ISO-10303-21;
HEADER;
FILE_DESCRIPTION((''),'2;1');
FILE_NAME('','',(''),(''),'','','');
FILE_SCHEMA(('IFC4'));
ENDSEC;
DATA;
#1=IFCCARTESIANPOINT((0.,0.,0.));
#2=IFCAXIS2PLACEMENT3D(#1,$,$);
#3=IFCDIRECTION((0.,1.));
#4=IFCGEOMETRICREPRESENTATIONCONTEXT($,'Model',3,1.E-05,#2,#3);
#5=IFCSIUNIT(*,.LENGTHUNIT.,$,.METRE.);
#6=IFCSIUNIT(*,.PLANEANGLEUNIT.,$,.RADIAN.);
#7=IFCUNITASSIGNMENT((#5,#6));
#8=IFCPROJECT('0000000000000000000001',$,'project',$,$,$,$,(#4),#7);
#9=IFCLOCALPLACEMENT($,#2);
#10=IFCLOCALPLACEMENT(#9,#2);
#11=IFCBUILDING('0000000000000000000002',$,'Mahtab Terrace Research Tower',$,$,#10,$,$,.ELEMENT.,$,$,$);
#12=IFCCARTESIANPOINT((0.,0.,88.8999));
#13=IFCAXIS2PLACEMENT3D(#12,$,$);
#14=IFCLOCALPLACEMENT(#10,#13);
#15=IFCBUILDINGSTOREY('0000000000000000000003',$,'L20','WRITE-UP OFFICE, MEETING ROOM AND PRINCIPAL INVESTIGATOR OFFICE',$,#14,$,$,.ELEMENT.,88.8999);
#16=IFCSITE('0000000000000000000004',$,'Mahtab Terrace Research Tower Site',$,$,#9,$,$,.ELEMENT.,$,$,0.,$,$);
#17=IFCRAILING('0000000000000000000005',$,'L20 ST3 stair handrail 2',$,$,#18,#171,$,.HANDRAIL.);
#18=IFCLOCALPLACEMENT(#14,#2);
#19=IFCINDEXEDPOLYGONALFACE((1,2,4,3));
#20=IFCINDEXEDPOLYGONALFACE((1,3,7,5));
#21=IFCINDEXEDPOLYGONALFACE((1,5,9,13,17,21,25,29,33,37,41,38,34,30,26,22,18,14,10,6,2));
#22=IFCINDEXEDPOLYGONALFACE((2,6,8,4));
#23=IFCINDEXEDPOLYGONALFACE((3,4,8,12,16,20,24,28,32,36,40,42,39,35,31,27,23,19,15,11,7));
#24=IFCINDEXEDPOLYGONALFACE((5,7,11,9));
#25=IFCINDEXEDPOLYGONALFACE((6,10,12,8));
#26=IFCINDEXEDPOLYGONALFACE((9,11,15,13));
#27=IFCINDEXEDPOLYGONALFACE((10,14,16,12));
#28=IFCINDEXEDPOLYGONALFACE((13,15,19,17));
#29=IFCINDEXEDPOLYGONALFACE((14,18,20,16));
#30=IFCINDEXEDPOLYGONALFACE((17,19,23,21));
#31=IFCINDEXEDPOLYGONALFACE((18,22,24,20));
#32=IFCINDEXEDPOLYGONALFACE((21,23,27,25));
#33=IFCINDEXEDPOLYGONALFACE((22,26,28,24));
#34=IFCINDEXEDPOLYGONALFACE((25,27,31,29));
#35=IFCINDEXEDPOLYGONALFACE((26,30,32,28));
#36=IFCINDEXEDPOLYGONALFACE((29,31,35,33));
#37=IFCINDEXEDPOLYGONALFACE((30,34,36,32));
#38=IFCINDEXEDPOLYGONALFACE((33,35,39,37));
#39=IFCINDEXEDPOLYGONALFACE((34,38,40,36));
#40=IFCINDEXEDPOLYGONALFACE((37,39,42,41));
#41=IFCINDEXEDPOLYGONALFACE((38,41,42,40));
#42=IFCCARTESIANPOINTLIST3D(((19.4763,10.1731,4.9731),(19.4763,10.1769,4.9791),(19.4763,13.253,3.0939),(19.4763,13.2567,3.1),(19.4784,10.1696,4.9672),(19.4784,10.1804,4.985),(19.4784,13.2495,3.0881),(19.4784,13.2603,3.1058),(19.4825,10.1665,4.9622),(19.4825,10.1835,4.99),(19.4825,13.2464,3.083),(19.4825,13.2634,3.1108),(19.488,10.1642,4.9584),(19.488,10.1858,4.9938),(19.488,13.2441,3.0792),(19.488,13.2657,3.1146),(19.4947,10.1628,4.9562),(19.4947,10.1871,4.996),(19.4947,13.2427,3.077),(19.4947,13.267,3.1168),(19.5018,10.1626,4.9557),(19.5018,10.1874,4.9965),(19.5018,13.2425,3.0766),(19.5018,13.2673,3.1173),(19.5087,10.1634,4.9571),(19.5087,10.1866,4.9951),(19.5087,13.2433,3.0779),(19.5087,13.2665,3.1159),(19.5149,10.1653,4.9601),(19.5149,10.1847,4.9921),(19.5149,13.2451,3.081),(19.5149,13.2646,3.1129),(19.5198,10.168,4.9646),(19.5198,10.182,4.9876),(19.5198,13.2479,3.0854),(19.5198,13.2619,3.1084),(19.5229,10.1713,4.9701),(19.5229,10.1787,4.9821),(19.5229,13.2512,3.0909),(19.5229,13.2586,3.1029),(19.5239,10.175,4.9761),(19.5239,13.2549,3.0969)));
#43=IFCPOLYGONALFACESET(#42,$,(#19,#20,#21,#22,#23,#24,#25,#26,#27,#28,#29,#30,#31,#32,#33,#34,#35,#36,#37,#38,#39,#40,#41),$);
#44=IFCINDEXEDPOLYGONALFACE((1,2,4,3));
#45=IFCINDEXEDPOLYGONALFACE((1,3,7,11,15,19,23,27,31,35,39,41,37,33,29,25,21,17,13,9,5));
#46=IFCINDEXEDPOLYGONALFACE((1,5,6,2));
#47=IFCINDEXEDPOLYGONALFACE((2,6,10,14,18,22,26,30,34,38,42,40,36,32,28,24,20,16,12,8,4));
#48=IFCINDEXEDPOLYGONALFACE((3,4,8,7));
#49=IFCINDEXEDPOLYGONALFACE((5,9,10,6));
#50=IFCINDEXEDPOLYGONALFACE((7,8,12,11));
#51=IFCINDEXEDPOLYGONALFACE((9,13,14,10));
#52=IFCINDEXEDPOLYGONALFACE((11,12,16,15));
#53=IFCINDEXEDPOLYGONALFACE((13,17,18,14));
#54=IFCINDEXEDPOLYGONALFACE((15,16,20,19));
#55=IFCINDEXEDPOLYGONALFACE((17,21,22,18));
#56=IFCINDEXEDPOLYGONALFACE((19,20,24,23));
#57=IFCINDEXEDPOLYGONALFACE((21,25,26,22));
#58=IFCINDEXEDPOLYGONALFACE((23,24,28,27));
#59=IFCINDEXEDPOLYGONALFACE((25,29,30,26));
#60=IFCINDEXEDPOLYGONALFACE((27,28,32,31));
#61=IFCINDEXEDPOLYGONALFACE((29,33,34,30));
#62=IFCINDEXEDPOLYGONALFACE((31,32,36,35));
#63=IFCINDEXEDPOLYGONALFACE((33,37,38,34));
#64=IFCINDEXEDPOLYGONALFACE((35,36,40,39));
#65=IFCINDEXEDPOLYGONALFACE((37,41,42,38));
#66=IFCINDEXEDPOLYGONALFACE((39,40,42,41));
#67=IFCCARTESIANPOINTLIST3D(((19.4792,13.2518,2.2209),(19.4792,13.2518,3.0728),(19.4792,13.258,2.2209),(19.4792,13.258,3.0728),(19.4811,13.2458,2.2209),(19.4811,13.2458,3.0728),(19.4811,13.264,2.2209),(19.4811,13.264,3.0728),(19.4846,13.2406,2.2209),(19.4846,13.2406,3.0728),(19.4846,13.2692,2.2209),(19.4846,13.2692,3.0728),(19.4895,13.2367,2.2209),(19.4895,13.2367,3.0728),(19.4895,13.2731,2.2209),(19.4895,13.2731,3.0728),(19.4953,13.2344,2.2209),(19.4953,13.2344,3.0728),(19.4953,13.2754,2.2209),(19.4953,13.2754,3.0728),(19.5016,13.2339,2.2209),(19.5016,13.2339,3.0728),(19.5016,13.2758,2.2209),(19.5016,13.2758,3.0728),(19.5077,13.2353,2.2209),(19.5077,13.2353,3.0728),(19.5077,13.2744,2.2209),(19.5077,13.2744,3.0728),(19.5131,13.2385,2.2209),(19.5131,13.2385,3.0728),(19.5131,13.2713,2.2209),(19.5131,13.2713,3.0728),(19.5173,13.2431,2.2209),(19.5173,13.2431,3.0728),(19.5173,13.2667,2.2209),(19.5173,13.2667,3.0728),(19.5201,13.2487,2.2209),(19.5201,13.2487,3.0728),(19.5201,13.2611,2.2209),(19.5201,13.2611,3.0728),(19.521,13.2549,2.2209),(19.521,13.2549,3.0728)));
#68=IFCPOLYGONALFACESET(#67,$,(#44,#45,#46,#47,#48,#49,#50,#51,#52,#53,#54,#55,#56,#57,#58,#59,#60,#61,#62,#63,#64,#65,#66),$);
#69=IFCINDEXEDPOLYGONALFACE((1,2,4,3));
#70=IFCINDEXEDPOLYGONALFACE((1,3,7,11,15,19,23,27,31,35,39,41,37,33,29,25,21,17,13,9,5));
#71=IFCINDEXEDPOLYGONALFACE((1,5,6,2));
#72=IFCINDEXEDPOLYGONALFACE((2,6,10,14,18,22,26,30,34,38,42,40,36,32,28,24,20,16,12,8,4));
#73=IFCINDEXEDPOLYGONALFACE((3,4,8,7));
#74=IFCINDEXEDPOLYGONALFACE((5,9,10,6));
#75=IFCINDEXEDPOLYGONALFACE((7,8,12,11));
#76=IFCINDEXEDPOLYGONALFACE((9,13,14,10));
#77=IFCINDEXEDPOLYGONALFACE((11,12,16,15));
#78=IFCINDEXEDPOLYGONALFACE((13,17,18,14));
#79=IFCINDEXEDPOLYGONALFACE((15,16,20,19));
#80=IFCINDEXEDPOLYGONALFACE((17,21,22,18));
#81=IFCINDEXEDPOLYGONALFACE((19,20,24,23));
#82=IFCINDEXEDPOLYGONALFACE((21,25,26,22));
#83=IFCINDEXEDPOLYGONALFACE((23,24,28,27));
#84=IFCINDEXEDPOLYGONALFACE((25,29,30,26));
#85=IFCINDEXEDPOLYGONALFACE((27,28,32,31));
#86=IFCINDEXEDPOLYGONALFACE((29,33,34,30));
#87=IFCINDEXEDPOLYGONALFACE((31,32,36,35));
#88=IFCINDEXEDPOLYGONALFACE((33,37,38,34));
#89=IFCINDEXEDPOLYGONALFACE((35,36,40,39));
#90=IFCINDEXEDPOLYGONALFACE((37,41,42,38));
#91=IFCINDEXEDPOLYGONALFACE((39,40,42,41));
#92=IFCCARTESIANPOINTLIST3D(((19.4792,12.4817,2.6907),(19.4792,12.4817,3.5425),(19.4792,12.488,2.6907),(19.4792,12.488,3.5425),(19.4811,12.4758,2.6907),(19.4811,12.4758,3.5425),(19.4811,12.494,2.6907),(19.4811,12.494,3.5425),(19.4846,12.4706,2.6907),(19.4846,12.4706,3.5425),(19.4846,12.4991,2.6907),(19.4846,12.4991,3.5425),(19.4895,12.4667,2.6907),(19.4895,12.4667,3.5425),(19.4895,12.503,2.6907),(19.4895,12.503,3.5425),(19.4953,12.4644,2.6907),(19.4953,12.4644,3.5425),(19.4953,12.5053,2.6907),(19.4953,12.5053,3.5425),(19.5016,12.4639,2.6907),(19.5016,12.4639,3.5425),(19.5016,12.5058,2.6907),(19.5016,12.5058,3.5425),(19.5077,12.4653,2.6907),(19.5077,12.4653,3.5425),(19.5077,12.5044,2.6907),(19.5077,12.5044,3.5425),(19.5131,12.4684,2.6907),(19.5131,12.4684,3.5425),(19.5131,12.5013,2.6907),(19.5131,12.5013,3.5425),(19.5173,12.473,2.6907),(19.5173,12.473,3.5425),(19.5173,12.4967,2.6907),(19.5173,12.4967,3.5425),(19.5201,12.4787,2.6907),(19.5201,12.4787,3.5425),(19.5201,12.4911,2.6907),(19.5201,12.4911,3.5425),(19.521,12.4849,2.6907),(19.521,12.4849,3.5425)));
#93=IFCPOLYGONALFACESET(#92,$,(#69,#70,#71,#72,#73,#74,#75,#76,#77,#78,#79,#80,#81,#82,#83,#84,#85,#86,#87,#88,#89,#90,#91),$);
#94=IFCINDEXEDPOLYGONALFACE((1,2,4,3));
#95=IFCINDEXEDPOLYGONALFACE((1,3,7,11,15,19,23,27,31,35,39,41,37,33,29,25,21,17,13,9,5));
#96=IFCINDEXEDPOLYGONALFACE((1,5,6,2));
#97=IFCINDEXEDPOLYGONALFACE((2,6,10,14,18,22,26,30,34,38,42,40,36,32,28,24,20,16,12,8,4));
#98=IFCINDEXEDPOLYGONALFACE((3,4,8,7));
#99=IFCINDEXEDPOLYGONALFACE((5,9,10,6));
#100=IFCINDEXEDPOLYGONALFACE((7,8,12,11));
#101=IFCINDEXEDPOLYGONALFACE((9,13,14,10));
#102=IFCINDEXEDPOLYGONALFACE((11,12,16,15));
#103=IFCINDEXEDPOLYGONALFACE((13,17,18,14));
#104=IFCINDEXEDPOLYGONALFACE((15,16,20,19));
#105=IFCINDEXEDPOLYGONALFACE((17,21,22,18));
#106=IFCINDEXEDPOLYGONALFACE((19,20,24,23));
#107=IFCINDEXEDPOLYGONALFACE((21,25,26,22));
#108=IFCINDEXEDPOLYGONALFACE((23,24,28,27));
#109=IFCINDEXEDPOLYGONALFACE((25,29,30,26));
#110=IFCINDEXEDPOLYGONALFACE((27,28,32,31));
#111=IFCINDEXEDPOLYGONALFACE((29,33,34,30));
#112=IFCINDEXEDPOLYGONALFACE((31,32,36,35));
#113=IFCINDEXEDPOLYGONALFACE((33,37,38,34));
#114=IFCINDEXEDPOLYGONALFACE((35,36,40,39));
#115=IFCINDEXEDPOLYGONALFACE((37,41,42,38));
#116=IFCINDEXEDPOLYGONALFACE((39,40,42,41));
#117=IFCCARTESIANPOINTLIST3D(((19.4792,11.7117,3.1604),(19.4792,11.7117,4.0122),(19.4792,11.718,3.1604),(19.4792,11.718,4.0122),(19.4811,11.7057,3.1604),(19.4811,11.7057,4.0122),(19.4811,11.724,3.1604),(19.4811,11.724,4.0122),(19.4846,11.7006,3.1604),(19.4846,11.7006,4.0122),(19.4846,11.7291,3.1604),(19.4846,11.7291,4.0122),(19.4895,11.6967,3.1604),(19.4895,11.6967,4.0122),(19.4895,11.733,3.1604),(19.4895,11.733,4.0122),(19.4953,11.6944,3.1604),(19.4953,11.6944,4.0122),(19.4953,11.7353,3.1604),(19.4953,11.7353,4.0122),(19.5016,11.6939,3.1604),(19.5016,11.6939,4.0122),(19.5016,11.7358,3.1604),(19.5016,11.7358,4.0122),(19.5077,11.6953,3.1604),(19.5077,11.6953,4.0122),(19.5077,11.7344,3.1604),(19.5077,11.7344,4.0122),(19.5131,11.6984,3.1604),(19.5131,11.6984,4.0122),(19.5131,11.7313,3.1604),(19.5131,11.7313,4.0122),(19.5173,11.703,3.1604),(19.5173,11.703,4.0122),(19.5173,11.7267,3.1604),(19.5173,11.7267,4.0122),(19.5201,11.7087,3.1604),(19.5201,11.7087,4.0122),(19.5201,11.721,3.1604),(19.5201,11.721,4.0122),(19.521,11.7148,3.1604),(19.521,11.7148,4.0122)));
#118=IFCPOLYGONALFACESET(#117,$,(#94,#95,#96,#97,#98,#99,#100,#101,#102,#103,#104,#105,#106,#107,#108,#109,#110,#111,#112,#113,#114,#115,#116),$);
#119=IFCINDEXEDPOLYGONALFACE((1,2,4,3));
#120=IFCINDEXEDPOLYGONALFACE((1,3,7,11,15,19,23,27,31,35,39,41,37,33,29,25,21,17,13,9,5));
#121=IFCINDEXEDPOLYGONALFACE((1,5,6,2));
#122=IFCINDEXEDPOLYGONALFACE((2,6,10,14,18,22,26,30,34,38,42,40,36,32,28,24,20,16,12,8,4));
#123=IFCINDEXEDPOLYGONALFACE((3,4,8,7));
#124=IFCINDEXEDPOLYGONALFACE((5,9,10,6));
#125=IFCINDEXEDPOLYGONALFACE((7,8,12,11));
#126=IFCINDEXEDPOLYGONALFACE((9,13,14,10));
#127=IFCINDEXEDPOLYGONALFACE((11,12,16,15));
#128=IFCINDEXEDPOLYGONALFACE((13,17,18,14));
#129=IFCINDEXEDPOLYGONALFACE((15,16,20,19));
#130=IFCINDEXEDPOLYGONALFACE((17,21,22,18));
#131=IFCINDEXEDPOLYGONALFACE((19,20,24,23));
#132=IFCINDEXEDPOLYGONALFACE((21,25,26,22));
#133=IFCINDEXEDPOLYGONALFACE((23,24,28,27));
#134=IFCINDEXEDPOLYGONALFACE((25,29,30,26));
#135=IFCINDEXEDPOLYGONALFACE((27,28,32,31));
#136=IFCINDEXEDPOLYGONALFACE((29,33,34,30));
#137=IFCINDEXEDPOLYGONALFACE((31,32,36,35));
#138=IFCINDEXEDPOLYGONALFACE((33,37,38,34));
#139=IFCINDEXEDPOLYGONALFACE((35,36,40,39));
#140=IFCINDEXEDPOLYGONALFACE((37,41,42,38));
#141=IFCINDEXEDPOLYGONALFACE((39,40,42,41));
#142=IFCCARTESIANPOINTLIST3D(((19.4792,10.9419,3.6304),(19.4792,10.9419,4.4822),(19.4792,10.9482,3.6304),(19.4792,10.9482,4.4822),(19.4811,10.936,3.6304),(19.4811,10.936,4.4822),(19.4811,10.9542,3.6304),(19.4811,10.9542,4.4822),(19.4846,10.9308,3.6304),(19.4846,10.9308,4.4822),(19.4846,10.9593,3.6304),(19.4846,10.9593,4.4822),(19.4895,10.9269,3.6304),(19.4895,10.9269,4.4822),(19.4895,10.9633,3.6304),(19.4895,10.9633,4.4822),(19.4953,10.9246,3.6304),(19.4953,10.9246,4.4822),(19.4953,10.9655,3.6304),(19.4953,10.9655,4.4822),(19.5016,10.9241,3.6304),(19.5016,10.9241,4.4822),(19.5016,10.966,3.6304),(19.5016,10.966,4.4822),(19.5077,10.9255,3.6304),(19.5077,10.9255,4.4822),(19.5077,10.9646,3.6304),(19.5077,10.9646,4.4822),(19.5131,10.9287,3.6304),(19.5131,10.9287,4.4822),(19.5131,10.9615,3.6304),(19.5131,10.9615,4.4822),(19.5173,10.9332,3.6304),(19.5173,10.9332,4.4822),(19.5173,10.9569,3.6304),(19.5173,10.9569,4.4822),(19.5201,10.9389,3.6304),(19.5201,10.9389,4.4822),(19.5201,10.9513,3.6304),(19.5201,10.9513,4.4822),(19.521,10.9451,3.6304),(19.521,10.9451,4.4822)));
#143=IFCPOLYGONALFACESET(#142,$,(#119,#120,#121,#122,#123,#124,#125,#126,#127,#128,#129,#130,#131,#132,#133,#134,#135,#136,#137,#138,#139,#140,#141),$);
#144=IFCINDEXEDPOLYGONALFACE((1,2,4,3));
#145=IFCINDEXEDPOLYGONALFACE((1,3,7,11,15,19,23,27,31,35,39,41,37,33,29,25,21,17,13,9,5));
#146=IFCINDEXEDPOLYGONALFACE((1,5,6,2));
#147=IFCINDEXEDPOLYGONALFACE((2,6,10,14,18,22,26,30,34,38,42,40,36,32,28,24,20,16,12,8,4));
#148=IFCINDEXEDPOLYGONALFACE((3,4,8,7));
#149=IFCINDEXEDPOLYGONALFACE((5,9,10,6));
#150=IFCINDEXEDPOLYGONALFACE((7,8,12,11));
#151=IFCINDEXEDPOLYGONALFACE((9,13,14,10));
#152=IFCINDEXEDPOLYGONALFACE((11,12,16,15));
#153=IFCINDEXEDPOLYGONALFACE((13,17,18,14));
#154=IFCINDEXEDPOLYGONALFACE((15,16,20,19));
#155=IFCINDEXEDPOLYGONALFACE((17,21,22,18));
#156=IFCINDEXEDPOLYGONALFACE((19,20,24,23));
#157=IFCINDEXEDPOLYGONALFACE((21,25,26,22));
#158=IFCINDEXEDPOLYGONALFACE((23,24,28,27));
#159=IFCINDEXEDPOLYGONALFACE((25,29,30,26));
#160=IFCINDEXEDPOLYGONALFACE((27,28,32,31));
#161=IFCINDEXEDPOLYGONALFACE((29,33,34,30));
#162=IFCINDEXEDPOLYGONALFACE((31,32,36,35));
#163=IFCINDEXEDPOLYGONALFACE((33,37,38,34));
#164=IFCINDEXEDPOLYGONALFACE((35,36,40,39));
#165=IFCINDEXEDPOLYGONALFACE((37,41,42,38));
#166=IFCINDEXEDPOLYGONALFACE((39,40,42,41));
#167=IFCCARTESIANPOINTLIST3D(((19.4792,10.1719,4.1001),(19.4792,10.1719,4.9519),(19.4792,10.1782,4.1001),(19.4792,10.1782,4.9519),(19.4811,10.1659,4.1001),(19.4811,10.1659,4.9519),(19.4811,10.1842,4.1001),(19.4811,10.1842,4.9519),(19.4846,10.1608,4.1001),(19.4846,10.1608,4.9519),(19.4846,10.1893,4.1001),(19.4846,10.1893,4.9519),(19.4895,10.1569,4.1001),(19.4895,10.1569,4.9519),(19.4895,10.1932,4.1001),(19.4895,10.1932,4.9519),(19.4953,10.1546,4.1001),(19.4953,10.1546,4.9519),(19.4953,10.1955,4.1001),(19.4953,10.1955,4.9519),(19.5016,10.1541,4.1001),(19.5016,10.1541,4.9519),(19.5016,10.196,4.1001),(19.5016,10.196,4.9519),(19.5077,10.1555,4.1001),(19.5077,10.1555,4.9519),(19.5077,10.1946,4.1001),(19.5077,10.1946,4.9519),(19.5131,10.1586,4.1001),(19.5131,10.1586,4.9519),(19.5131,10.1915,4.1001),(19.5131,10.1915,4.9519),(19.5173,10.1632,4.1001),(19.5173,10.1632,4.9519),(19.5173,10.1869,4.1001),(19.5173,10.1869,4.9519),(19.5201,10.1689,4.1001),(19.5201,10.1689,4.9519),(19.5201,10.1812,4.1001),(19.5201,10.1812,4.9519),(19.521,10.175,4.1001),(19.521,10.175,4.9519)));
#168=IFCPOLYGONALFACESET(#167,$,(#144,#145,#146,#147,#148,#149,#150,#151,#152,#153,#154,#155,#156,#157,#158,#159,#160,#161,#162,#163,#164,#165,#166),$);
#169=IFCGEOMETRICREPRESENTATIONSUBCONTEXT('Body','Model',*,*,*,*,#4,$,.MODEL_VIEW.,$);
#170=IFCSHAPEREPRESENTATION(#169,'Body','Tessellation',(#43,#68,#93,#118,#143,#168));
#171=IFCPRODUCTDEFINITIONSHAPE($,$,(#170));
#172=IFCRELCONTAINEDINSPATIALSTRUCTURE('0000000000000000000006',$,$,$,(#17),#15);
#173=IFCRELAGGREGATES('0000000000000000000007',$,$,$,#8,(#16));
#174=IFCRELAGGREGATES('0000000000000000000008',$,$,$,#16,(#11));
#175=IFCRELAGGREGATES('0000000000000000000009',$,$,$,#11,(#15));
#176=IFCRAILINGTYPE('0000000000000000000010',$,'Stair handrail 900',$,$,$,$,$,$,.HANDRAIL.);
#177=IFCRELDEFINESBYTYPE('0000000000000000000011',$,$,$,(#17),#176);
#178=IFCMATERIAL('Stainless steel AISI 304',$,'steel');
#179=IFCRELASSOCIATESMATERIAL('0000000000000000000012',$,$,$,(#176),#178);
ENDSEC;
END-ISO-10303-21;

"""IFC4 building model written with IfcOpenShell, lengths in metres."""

from ifc_helpers import new_model, si_unit, direction, frame, origin, origin_2d, place, context, subcontext, project, spatial, circle, extrude, material, type_object, element, save


model = new_model("IFC4")

# Units and contexts
model_context = context("Model", 3, precision=1e-05, world=origin(), true_north=direction((0.0, 1.0)))
body_context = subcontext(model_context, "Body", "Model", "MODEL_VIEW")
ifc_project = project(units=[si_unit("LENGTHUNIT", "METRE"), si_unit("PLANEANGLEUNIT", "RADIAN")], contexts=[model_context])

# Site, building, storey
site_placement = place(None, origin())
site = spatial("IfcSite", under=ifc_project, at=site_placement, Name="Mahtab Terrace Research Tower Site", CompositionType="ELEMENT", RefElevation=0.0)
building_placement = place(site_placement, origin())
building = spatial("IfcBuilding", under=site, at=building_placement, Name="Mahtab Terrace Research Tower", CompositionType="ELEMENT")
storey_placement = place(building_placement, frame((0.0, 0.0, 88.8999)))
storey = spatial("IfcBuildingStorey", under=building, at=storey_placement, Name="L20", Description="WRITE-UP OFFICE, MEETING ROOM AND PRINCIPAL INVESTIGATOR OFFICE", CompositionType="ELEMENT", Elevation=88.8999)

# Shared definitions
ifc_material_1 = material(Name="Stainless steel AISI 304", Category="steel")

# Railing
railing_type_1 = type_object("IfcRailingType", Name="Stair handrail 900", PredefinedType="HANDRAIL", material=ifc_material_1)
railing_1_placement = place(storey_placement, frame((19.5, 13.2549, 2.2209)))
element("IfcRailing", 1, at=railing_1_placement, inside=storey, type_object=railing_type_1, Name="L20 ST3 stair handrail 2", PredefinedType="HANDRAIL", context=body_context, shape_type="SweptSolid", body=[
    extrude(circle(Radius=0.0239, at=origin_2d()), frame((0.0, 0.0, 0.876), z_axis=(0.0, -0.853648, 0.52085), x_axis=(1.0, 0.0, 0.0)), (0.0, 0.0, 1.0), 3.6079),
    extrude(circle(Radius=0.021, at=origin_2d()), origin(), (0.0, 0.0, 1.0), 0.8518),
    extrude(circle(Radius=0.021, at=origin_2d()), frame((0.0, -0.77, 0.4697)), (0.0, 0.0, 1.0), 0.8518),
    extrude(circle(Radius=0.021, at=origin_2d()), frame((0.0, -1.54, 0.9395)), (0.0, 0.0, 1.0), 0.8518),
    extrude(circle(Radius=0.021, at=origin_2d()), frame((0.0, -2.3098, 1.4094)), (0.0, 0.0, 1.0), 0.8518),
    extrude(circle(Radius=0.021, at=origin_2d()), frame((0.0, -3.0798, 1.8792)), (0.0, 0.0, 1.0), 0.8518),
])

save(model, "model.ifc")
